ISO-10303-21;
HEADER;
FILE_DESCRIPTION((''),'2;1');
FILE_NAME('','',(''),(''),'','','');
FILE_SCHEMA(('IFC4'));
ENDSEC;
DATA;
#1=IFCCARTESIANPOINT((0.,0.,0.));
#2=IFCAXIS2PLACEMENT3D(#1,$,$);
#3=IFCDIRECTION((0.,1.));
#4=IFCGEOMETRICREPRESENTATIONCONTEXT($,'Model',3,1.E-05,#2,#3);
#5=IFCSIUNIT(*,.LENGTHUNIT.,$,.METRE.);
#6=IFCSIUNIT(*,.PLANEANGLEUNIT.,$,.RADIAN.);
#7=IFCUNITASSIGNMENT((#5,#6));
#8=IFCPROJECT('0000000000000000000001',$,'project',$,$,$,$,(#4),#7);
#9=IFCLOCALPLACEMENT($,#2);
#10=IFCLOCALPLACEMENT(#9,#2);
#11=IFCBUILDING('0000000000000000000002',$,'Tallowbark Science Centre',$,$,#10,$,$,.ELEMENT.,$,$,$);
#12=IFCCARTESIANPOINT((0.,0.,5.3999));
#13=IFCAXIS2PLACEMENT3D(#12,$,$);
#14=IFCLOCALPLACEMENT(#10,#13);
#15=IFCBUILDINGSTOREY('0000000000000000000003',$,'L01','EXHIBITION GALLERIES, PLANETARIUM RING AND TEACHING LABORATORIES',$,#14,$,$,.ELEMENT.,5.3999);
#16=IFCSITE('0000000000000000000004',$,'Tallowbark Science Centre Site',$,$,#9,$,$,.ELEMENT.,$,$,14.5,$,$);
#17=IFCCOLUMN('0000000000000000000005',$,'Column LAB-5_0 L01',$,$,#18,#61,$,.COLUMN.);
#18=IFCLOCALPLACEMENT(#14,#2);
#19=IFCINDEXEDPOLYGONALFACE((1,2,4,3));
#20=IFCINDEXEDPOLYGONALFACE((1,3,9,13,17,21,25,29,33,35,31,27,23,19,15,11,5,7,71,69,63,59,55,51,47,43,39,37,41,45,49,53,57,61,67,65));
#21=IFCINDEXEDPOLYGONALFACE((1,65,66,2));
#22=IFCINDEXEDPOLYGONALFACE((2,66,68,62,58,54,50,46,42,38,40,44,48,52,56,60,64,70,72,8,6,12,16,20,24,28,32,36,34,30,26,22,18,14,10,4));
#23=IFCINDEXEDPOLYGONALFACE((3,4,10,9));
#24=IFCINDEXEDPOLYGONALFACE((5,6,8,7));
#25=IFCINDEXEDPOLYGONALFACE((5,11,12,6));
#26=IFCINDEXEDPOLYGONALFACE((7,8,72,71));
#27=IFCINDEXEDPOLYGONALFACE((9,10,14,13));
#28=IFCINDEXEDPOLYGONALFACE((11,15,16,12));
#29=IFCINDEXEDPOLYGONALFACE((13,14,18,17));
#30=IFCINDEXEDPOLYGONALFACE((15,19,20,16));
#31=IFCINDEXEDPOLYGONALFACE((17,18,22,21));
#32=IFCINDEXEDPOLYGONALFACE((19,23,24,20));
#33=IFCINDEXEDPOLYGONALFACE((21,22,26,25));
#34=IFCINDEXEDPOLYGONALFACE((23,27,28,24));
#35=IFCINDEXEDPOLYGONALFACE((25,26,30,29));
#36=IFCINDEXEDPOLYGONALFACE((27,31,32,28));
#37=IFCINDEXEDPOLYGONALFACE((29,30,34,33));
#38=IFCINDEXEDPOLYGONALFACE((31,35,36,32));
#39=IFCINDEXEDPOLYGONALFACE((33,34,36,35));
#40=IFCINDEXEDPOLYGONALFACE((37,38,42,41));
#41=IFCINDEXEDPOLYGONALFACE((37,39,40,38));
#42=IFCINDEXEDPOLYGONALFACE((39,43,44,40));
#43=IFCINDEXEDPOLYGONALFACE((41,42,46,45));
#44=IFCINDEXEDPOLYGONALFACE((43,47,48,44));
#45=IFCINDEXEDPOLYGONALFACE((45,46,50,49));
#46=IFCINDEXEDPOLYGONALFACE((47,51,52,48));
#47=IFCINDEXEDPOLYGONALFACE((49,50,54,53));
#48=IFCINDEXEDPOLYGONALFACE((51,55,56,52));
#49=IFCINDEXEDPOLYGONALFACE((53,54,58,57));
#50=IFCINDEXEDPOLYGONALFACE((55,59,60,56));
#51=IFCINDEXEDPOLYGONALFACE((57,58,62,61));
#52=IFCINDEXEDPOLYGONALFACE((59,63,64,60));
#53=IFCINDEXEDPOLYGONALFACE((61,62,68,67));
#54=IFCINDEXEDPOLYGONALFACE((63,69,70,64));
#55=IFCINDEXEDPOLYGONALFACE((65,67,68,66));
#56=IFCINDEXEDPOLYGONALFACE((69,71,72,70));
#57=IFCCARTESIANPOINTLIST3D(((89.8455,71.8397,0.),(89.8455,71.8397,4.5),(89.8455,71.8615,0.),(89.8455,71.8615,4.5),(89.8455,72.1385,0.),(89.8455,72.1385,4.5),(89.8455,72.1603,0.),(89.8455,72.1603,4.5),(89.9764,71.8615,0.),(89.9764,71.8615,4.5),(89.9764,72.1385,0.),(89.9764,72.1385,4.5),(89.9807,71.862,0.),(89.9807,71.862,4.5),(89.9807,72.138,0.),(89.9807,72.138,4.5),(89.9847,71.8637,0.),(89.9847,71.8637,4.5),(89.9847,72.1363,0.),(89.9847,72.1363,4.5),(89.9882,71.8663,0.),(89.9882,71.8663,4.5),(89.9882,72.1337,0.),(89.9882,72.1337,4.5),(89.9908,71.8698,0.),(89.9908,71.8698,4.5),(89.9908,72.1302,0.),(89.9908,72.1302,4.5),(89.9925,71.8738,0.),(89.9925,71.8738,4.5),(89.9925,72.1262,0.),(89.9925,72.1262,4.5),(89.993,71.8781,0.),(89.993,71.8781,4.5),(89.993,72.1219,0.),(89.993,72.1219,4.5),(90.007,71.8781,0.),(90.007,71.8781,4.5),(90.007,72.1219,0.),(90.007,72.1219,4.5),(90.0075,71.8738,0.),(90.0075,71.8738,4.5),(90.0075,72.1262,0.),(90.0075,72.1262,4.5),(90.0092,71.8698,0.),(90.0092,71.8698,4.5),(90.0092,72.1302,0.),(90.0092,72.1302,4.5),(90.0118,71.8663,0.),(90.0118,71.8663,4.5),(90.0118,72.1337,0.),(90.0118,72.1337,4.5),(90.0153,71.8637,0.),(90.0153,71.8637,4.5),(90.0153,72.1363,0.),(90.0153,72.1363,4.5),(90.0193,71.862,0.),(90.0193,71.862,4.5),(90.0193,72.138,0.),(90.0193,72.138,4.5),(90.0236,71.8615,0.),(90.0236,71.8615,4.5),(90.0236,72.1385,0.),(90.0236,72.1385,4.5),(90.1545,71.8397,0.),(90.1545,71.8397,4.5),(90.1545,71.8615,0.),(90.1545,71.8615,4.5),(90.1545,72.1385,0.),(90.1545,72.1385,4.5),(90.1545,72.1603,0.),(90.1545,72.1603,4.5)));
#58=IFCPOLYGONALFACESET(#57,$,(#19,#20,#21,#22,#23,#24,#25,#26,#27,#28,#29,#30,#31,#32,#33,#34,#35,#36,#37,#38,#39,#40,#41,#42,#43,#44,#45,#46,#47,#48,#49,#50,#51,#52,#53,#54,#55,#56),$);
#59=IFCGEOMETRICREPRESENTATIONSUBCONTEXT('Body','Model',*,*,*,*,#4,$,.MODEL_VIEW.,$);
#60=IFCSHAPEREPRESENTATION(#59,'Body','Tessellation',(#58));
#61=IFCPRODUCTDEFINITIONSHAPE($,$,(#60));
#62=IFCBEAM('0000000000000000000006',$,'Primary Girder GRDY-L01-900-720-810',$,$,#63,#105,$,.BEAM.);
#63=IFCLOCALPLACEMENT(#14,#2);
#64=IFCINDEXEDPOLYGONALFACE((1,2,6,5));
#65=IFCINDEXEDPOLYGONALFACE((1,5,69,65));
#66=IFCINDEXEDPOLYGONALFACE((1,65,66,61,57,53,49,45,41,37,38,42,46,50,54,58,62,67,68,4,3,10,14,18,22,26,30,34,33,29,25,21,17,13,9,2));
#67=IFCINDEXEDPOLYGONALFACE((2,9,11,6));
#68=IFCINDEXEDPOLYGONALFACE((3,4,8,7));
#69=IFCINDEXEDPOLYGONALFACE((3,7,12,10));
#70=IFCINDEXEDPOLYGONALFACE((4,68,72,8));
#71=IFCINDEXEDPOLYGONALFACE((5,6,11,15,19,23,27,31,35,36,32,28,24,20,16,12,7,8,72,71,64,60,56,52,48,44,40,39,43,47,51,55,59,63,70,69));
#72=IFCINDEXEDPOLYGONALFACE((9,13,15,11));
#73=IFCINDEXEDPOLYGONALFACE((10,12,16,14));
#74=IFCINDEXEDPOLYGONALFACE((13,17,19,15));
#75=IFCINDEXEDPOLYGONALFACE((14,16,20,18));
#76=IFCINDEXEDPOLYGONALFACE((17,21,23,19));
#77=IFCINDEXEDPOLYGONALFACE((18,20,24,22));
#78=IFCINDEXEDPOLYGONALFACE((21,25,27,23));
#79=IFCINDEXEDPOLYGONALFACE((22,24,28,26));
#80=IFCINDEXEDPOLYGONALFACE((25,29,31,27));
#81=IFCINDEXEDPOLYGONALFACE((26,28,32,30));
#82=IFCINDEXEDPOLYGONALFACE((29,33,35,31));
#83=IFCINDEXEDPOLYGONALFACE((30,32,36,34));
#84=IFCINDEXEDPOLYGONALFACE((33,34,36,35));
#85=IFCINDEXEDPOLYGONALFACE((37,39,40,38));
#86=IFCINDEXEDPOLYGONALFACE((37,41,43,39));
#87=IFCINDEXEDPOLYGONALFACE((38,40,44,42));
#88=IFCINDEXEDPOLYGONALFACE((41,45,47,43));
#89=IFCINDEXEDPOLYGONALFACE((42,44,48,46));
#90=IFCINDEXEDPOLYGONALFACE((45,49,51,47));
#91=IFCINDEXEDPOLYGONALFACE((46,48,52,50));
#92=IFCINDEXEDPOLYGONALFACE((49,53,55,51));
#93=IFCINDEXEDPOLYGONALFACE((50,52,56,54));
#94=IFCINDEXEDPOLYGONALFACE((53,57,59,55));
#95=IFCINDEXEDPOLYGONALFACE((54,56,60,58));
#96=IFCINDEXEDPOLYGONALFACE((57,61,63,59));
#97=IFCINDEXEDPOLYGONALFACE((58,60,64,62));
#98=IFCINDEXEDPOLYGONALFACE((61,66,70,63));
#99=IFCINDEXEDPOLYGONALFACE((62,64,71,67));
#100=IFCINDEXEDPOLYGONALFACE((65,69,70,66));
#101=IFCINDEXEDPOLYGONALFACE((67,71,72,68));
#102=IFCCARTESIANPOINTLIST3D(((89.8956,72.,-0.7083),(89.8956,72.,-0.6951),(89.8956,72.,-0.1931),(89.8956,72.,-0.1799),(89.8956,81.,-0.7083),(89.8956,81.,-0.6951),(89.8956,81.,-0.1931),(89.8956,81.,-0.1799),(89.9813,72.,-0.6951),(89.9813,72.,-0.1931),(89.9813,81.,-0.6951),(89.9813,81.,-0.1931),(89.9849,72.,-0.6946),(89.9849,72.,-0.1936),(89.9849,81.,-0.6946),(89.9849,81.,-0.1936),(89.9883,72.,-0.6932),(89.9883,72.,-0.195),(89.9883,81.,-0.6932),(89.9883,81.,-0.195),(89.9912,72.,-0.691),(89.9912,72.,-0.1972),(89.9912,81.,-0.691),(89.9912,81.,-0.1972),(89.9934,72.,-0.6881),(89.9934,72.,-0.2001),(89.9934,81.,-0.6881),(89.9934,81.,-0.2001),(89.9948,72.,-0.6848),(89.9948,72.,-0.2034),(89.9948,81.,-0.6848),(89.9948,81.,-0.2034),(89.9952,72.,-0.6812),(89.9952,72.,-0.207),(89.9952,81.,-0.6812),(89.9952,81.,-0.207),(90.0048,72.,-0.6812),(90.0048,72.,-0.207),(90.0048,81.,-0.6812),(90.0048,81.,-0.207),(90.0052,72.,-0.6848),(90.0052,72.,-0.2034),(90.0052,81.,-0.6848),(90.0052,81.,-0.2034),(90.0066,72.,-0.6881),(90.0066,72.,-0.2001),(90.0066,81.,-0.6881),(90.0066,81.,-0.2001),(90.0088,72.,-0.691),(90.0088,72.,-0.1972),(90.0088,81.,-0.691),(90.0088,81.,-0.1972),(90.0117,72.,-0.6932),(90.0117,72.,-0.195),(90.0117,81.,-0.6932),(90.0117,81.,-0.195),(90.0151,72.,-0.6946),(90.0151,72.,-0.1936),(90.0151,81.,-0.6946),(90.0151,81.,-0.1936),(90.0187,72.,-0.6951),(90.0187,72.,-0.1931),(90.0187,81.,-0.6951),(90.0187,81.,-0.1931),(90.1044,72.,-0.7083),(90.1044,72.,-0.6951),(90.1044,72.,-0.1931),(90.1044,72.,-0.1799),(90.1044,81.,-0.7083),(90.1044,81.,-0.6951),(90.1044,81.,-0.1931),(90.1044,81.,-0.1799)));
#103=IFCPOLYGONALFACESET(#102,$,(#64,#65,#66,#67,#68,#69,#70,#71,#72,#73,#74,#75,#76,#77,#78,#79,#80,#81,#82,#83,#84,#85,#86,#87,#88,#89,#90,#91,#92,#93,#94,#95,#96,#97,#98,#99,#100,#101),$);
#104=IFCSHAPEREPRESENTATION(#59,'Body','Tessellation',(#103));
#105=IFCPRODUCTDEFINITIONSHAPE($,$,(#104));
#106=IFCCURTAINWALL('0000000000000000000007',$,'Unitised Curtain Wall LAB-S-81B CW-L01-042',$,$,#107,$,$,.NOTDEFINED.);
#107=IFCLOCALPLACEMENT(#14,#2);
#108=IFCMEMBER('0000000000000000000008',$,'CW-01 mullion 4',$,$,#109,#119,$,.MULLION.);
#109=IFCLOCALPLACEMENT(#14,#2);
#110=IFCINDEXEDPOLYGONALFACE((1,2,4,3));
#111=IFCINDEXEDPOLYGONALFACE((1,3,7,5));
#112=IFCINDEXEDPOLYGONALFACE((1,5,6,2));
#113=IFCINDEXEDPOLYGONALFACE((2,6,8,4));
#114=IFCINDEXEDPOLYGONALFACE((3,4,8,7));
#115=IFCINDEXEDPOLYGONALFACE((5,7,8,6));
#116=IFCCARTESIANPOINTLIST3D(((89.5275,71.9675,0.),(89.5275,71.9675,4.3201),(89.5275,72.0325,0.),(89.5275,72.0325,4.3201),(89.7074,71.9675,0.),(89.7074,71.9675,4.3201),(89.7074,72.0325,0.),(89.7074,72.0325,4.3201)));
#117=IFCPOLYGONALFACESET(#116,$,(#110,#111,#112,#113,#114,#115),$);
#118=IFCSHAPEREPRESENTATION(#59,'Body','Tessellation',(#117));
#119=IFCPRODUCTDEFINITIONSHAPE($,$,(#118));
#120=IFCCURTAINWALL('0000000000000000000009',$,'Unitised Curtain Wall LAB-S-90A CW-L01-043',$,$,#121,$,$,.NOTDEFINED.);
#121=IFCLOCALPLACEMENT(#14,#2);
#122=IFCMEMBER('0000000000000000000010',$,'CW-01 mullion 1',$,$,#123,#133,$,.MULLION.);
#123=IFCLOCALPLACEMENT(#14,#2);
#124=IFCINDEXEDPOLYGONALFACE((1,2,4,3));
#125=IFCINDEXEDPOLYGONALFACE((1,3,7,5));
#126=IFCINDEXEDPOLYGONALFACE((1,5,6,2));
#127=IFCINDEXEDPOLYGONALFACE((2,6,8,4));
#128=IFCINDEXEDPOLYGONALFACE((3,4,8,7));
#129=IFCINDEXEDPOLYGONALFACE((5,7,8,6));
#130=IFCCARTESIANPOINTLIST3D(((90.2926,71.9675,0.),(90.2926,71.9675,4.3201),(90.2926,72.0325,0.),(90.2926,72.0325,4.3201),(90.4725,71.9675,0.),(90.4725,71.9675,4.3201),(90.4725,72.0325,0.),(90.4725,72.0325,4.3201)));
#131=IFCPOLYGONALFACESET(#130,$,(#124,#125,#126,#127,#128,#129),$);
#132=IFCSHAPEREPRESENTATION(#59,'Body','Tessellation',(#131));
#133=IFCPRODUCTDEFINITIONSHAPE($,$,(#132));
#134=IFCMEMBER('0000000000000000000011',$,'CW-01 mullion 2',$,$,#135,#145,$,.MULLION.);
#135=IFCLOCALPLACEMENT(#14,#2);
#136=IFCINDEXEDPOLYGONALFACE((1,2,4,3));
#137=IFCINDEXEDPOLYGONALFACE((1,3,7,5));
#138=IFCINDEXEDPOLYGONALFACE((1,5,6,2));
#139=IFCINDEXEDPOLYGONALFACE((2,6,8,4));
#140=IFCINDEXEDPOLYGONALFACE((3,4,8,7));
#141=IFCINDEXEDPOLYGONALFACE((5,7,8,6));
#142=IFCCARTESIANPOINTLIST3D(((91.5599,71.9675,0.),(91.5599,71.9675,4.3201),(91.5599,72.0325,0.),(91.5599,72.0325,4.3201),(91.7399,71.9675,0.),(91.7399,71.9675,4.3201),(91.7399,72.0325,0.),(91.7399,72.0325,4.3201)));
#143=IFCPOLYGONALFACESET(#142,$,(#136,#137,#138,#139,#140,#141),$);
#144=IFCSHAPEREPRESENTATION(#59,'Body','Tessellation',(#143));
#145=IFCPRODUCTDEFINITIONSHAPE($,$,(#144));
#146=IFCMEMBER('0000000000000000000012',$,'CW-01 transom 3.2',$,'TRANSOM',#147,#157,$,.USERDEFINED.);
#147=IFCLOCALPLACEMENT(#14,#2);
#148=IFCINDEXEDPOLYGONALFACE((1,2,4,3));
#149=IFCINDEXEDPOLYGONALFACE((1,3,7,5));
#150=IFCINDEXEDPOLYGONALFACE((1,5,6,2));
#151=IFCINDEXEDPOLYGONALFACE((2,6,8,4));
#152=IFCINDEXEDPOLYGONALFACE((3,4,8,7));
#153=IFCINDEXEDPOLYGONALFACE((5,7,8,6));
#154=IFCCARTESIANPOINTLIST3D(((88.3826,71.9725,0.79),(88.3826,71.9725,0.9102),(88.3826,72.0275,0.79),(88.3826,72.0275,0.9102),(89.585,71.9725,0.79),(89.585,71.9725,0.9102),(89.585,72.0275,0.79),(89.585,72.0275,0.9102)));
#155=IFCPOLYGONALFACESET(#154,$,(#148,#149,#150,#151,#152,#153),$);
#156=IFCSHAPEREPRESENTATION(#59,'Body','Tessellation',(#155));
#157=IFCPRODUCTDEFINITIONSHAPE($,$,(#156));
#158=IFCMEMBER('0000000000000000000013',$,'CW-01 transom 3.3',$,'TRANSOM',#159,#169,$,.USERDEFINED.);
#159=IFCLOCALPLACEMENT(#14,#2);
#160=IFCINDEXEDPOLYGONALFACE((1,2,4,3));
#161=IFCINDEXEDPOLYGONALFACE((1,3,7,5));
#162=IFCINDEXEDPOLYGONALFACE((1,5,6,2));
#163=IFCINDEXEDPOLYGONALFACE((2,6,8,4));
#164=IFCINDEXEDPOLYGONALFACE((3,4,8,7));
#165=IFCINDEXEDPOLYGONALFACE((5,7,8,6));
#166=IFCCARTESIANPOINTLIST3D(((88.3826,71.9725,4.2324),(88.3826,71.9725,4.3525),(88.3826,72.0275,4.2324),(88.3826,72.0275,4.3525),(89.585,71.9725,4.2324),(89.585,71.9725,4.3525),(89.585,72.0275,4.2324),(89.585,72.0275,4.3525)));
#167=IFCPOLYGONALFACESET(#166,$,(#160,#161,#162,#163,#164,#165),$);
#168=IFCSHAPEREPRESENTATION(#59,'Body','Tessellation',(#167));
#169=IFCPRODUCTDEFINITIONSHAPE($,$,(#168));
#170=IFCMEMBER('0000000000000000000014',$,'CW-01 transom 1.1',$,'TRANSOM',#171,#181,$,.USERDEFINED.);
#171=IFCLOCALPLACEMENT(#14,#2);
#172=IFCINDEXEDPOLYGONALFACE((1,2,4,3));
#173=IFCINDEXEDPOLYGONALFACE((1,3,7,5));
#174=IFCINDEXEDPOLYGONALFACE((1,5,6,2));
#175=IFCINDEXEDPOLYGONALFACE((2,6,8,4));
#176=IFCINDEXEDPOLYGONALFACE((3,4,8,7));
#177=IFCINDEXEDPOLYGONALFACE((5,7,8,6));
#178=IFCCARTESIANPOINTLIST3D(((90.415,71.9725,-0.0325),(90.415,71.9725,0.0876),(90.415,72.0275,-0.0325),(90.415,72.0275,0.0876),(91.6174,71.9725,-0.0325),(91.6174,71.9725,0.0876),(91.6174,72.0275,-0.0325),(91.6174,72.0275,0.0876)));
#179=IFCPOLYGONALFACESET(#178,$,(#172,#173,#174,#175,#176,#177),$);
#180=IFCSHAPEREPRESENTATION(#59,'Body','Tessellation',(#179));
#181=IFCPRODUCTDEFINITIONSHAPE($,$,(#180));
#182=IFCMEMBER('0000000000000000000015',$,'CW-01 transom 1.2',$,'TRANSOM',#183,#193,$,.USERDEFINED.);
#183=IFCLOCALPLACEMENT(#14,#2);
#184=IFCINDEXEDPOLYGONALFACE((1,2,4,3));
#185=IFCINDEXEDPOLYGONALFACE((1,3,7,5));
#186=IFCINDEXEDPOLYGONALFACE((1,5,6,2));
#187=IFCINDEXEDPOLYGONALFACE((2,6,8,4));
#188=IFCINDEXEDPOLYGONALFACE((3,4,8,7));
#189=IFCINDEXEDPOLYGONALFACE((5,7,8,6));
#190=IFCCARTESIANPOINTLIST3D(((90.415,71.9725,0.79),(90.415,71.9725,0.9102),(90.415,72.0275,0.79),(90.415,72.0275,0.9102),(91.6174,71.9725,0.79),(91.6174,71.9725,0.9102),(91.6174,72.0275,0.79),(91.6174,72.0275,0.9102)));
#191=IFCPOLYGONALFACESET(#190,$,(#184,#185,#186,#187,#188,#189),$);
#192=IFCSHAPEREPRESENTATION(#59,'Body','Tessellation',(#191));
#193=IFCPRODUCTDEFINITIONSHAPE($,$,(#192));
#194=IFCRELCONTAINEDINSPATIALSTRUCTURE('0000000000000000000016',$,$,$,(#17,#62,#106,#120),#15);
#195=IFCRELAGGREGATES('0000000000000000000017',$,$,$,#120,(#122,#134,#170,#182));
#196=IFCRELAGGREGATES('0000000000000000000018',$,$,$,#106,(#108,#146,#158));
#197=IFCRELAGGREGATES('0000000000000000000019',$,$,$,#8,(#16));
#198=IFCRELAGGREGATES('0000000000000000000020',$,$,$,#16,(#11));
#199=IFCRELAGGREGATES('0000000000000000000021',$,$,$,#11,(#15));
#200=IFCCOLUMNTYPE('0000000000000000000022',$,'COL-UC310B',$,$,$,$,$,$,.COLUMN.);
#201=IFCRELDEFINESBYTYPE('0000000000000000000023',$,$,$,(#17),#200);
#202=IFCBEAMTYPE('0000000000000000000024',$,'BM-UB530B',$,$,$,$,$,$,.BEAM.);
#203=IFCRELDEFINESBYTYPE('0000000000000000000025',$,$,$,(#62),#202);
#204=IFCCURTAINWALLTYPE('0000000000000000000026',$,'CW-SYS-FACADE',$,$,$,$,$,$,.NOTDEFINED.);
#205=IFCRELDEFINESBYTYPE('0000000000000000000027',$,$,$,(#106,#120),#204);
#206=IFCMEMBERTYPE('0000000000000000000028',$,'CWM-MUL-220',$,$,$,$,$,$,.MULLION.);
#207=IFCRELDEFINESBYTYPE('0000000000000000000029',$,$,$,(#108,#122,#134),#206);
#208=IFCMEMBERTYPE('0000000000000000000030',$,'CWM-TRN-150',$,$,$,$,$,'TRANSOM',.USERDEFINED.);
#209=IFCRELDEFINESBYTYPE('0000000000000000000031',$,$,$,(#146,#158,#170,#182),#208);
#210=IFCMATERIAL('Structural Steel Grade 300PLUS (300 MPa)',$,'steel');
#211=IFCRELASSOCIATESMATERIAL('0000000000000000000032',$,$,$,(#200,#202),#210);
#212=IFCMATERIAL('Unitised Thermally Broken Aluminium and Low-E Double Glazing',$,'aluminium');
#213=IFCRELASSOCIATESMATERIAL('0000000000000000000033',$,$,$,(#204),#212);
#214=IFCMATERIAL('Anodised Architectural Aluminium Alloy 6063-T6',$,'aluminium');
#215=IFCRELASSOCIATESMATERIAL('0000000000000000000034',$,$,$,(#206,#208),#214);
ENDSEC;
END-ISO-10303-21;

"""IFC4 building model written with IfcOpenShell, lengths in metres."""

from ifc_helpers import new_model, si_unit, direction, frame, origin, origin_2d, place, context, subcontext, project, spatial, rectangle, i_section, extrude, material, material_profile, profile_set, type_object, element, aggregate, save


model = new_model("IFC4")

# Units and contexts
model_context = context("Model", 3, precision=1e-05, world=origin(), true_north=direction((0.0, 1.0)))
body_context = subcontext(model_context, "Body", "Model", "MODEL_VIEW")
ifc_project = project(units=[si_unit("LENGTHUNIT", "METRE"), si_unit("PLANEANGLEUNIT", "RADIAN")], contexts=[model_context])

# Site, building, storey
site_placement = place(None, origin())
site = spatial("IfcSite", under=ifc_project, at=site_placement, Name="Tallowbark Science Centre Site", CompositionType="ELEMENT", RefElevation=14.5)
building_placement = place(site_placement, origin())
building = spatial("IfcBuilding", under=site, at=building_placement, Name="Tallowbark Science Centre", CompositionType="ELEMENT")
storey_placement = place(building_placement, frame((0.0, 0.0, 5.3999)))
storey = spatial("IfcBuildingStorey", under=building, at=storey_placement, Name="L01", Description="EXHIBITION GALLERIES, PLANETARIUM RING AND TEACHING LABORATORIES", CompositionType="ELEMENT", Elevation=5.3999)

# Column
ifc_material_1 = material(Name="Structural Steel Grade 300PLUS (300 MPa)", Category="steel")
ifc_material_profile_1 = material_profile(ifc_material_1, i_section(OverallWidth=0.3091, OverallDepth=0.3206, WebThickness=0.0139, FlangeThickness=0.0217, FilletRadius=0.0166, at=origin_2d()), Name="310UC137")
ifc_profile_set_1 = profile_set([ifc_material_profile_1], Name="Structural Steel Grade 300PLUS (300 MPa)")
column_type = type_object("IfcColumnType", Name="COL-UC310B", PredefinedType="COLUMN", material=ifc_profile_set_1)
column_placement = place(storey_placement, frame((90.0, 72.0, 0.0), z_axis=(0.0, 0.0, 1.0), x_axis=(1.0, 0.0, 0.0)))
element("IfcColumn", 1, at=column_placement, inside=storey, type_object=column_type, Name="Column LAB-5_0 L01", PredefinedType="COLUMN", context=body_context, shape_type="SweptSolid", body=[
    extrude(i_section(OverallWidth=0.3091, OverallDepth=0.3206, WebThickness=0.0139, FlangeThickness=0.0217, FilletRadius=0.0166, at=origin_2d()), origin(), (0.0, 0.0, 1.0), 4.5),
])

# Beam
ifc_material_profile_2 = material_profile(ifc_material_1, i_section(OverallWidth=0.2087, OverallDepth=0.5283, WebThickness=0.0095, FlangeThickness=0.0132, FilletRadius=0.0139, at=origin_2d()), Name="530UB82.0")
ifc_profile_set_2 = profile_set([ifc_material_profile_2], Name="Structural Steel Grade 300PLUS (300 MPa)")
beam_type_1 = type_object("IfcBeamType", Name="BM-UB530B", PredefinedType="BEAM", material=ifc_profile_set_2)
beam_1_placement = place(storey_placement, frame((90.0, 72.0, -0.4441), z_axis=(0.0, 1.0, 0.0), x_axis=(-1.0, 0.0, 0.0)))
element("IfcBeam", 2, at=beam_1_placement, inside=storey, type_object=beam_type_1, Name="Primary Girder GRDY-L01-900-720-810", PredefinedType="BEAM", context=body_context, shape_type="SweptSolid", body=[
    extrude(i_section(OverallWidth=0.2087, OverallDepth=0.5283, WebThickness=0.0095, FlangeThickness=0.0132, FilletRadius=0.0139, at=origin_2d()), origin(), (0.0, 0.0, 1.0), 9.0),
])

# Curtain wall, member
ifc_material_2 = material(Name="Unitised Thermally Broken Aluminium and Low-E Double Glazing", Category="aluminium")
curtain_wall_type = type_object("IfcCurtainWallType", Name="CW-SYS-FACADE", PredefinedType="NOTDEFINED", material=ifc_material_2)
curtain_wall_1_placement = place(storey_placement, origin())
curtain_wall_1 = element("IfcCurtainWall", 3, at=curtain_wall_1_placement, inside=storey, type_object=curtain_wall_type, Name="Unitised Curtain Wall LAB-S-81B CW-L01-042", PredefinedType="NOTDEFINED")
ifc_material_3 = material(Name="Anodised Architectural Aluminium Alloy 6063-T6", Category="aluminium")
ifc_material_profile_3 = material_profile(ifc_material_3, rectangle(XDim=0.0649, YDim=0.1799, at=origin_2d()), Name="ALU65x180")
ifc_profile_set_3 = profile_set([ifc_material_profile_3], Name="Anodised Architectural Aluminium Alloy 6063-T6")
member_type_1 = type_object("IfcMemberType", Name="CWM-MUL-220", PredefinedType="MULLION", material=ifc_profile_set_3)
member_1_placement = place(storey_placement, frame((89.6174, 72.0, 0.0), z_axis=(0.0, 0.0, 1.0), x_axis=(0.0, 1.0, 0.0)))
member_1 = element("IfcMember", 4, at=member_1_placement, type_object=member_type_1, Name="CW-01 mullion 4", PredefinedType="MULLION", context=body_context, shape_type="SweptSolid", body=[
    extrude(rectangle(XDim=0.0649, YDim=0.1799, at=origin_2d()), origin(), (0.0, 0.0, 1.0), 4.3201),
])

# Curtain wall, members
curtain_wall_2_placement = place(storey_placement, origin())
curtain_wall_2 = element("IfcCurtainWall", 5, at=curtain_wall_2_placement, inside=storey, type_object=curtain_wall_type, Name="Unitised Curtain Wall LAB-S-90A CW-L01-043", PredefinedType="NOTDEFINED")
member_2_placement = place(storey_placement, frame((90.3826, 72.0, 0.0), z_axis=(0.0, 0.0, 1.0), x_axis=(0.0, 1.0, 0.0)))
member_2 = element("IfcMember", 6, at=member_2_placement, type_object=member_type_1, Name="CW-01 mullion 1", PredefinedType="MULLION", context=body_context, shape_type="SweptSolid", body=[
    extrude(rectangle(XDim=0.0649, YDim=0.1799, at=origin_2d()), origin(), (0.0, 0.0, 1.0), 4.3201),
])
member_3_placement = place(storey_placement, frame((91.6499, 72.0, 0.0), z_axis=(0.0, 0.0, 1.0), x_axis=(0.0, 1.0, 0.0)))
member_3 = element("IfcMember", 7, at=member_3_placement, type_object=member_type_1, Name="CW-01 mullion 2", PredefinedType="MULLION", context=body_context, shape_type="SweptSolid", body=[
    extrude(rectangle(XDim=0.0649, YDim=0.1799, at=origin_2d()), origin(), (0.0, 0.0, 1.0), 4.3201),
])

# Members
ifc_material_profile_4 = material_profile(ifc_material_3, rectangle(XDim=0.0549, YDim=0.1201, at=origin_2d()), Name="ALU55x120")
ifc_profile_set_4 = profile_set([ifc_material_profile_4], Name="Anodised Architectural Aluminium Alloy 6063-T6")
member_type_2 = type_object("IfcMemberType", Name="CWM-TRN-150", ElementType="TRANSOM", PredefinedType="USERDEFINED", material=ifc_profile_set_4)
member_4_placement = place(storey_placement, frame((88.3826, 72.0, 0.8501), z_axis=(1.0, 0.0, 0.0), x_axis=(0.0, 1.0, 0.0)))
member_4 = element("IfcMember", 8, at=member_4_placement, type_object=member_type_2, Name="CW-01 transom 3.2", ObjectType="TRANSOM", PredefinedType="USERDEFINED", context=body_context, shape_type="SweptSolid", body=[
    extrude(rectangle(XDim=0.0549, YDim=0.1201, at=origin_2d()), origin(), (0.0, 0.0, 1.0), 1.2024),
])
member_5_placement = place(storey_placement, frame((88.3826, 72.0, 4.2925), z_axis=(1.0, 0.0, 0.0), x_axis=(0.0, 1.0, 0.0)))
member_5 = element("IfcMember", 9, at=member_5_placement, type_object=member_type_2, Name="CW-01 transom 3.3", ObjectType="TRANSOM", PredefinedType="USERDEFINED", context=body_context, shape_type="SweptSolid", body=[
    extrude(rectangle(XDim=0.0549, YDim=0.1201, at=origin_2d()), origin(), (0.0, 0.0, 1.0), 1.2024),
])
member_6_placement = place(storey_placement, frame((90.415, 72.0, 0.0276), z_axis=(1.0, 0.0, 0.0), x_axis=(0.0, 1.0, 0.0)))
member_6 = element("IfcMember", 10, at=member_6_placement, type_object=member_type_2, Name="CW-01 transom 1.1", ObjectType="TRANSOM", PredefinedType="USERDEFINED", context=body_context, shape_type="SweptSolid", body=[
    extrude(rectangle(XDim=0.0549, YDim=0.1201, at=origin_2d()), origin(), (0.0, 0.0, 1.0), 1.2024),
])
member_7_placement = place(storey_placement, frame((90.415, 72.0, 0.8501), z_axis=(1.0, 0.0, 0.0), x_axis=(0.0, 1.0, 0.0)))
member_7 = element("IfcMember", 11, at=member_7_placement, type_object=member_type_2, Name="CW-01 transom 1.2", ObjectType="TRANSOM", PredefinedType="USERDEFINED", context=body_context, shape_type="SweptSolid", body=[
    extrude(rectangle(XDim=0.0549, YDim=0.1201, at=origin_2d()), origin(), (0.0, 0.0, 1.0), 1.2024),
])

aggregate(curtain_wall_2, [member_2, member_3, member_6, member_7])
aggregate(curtain_wall_1, [member_1, member_4, member_5])

save(model, "model.ifc")
